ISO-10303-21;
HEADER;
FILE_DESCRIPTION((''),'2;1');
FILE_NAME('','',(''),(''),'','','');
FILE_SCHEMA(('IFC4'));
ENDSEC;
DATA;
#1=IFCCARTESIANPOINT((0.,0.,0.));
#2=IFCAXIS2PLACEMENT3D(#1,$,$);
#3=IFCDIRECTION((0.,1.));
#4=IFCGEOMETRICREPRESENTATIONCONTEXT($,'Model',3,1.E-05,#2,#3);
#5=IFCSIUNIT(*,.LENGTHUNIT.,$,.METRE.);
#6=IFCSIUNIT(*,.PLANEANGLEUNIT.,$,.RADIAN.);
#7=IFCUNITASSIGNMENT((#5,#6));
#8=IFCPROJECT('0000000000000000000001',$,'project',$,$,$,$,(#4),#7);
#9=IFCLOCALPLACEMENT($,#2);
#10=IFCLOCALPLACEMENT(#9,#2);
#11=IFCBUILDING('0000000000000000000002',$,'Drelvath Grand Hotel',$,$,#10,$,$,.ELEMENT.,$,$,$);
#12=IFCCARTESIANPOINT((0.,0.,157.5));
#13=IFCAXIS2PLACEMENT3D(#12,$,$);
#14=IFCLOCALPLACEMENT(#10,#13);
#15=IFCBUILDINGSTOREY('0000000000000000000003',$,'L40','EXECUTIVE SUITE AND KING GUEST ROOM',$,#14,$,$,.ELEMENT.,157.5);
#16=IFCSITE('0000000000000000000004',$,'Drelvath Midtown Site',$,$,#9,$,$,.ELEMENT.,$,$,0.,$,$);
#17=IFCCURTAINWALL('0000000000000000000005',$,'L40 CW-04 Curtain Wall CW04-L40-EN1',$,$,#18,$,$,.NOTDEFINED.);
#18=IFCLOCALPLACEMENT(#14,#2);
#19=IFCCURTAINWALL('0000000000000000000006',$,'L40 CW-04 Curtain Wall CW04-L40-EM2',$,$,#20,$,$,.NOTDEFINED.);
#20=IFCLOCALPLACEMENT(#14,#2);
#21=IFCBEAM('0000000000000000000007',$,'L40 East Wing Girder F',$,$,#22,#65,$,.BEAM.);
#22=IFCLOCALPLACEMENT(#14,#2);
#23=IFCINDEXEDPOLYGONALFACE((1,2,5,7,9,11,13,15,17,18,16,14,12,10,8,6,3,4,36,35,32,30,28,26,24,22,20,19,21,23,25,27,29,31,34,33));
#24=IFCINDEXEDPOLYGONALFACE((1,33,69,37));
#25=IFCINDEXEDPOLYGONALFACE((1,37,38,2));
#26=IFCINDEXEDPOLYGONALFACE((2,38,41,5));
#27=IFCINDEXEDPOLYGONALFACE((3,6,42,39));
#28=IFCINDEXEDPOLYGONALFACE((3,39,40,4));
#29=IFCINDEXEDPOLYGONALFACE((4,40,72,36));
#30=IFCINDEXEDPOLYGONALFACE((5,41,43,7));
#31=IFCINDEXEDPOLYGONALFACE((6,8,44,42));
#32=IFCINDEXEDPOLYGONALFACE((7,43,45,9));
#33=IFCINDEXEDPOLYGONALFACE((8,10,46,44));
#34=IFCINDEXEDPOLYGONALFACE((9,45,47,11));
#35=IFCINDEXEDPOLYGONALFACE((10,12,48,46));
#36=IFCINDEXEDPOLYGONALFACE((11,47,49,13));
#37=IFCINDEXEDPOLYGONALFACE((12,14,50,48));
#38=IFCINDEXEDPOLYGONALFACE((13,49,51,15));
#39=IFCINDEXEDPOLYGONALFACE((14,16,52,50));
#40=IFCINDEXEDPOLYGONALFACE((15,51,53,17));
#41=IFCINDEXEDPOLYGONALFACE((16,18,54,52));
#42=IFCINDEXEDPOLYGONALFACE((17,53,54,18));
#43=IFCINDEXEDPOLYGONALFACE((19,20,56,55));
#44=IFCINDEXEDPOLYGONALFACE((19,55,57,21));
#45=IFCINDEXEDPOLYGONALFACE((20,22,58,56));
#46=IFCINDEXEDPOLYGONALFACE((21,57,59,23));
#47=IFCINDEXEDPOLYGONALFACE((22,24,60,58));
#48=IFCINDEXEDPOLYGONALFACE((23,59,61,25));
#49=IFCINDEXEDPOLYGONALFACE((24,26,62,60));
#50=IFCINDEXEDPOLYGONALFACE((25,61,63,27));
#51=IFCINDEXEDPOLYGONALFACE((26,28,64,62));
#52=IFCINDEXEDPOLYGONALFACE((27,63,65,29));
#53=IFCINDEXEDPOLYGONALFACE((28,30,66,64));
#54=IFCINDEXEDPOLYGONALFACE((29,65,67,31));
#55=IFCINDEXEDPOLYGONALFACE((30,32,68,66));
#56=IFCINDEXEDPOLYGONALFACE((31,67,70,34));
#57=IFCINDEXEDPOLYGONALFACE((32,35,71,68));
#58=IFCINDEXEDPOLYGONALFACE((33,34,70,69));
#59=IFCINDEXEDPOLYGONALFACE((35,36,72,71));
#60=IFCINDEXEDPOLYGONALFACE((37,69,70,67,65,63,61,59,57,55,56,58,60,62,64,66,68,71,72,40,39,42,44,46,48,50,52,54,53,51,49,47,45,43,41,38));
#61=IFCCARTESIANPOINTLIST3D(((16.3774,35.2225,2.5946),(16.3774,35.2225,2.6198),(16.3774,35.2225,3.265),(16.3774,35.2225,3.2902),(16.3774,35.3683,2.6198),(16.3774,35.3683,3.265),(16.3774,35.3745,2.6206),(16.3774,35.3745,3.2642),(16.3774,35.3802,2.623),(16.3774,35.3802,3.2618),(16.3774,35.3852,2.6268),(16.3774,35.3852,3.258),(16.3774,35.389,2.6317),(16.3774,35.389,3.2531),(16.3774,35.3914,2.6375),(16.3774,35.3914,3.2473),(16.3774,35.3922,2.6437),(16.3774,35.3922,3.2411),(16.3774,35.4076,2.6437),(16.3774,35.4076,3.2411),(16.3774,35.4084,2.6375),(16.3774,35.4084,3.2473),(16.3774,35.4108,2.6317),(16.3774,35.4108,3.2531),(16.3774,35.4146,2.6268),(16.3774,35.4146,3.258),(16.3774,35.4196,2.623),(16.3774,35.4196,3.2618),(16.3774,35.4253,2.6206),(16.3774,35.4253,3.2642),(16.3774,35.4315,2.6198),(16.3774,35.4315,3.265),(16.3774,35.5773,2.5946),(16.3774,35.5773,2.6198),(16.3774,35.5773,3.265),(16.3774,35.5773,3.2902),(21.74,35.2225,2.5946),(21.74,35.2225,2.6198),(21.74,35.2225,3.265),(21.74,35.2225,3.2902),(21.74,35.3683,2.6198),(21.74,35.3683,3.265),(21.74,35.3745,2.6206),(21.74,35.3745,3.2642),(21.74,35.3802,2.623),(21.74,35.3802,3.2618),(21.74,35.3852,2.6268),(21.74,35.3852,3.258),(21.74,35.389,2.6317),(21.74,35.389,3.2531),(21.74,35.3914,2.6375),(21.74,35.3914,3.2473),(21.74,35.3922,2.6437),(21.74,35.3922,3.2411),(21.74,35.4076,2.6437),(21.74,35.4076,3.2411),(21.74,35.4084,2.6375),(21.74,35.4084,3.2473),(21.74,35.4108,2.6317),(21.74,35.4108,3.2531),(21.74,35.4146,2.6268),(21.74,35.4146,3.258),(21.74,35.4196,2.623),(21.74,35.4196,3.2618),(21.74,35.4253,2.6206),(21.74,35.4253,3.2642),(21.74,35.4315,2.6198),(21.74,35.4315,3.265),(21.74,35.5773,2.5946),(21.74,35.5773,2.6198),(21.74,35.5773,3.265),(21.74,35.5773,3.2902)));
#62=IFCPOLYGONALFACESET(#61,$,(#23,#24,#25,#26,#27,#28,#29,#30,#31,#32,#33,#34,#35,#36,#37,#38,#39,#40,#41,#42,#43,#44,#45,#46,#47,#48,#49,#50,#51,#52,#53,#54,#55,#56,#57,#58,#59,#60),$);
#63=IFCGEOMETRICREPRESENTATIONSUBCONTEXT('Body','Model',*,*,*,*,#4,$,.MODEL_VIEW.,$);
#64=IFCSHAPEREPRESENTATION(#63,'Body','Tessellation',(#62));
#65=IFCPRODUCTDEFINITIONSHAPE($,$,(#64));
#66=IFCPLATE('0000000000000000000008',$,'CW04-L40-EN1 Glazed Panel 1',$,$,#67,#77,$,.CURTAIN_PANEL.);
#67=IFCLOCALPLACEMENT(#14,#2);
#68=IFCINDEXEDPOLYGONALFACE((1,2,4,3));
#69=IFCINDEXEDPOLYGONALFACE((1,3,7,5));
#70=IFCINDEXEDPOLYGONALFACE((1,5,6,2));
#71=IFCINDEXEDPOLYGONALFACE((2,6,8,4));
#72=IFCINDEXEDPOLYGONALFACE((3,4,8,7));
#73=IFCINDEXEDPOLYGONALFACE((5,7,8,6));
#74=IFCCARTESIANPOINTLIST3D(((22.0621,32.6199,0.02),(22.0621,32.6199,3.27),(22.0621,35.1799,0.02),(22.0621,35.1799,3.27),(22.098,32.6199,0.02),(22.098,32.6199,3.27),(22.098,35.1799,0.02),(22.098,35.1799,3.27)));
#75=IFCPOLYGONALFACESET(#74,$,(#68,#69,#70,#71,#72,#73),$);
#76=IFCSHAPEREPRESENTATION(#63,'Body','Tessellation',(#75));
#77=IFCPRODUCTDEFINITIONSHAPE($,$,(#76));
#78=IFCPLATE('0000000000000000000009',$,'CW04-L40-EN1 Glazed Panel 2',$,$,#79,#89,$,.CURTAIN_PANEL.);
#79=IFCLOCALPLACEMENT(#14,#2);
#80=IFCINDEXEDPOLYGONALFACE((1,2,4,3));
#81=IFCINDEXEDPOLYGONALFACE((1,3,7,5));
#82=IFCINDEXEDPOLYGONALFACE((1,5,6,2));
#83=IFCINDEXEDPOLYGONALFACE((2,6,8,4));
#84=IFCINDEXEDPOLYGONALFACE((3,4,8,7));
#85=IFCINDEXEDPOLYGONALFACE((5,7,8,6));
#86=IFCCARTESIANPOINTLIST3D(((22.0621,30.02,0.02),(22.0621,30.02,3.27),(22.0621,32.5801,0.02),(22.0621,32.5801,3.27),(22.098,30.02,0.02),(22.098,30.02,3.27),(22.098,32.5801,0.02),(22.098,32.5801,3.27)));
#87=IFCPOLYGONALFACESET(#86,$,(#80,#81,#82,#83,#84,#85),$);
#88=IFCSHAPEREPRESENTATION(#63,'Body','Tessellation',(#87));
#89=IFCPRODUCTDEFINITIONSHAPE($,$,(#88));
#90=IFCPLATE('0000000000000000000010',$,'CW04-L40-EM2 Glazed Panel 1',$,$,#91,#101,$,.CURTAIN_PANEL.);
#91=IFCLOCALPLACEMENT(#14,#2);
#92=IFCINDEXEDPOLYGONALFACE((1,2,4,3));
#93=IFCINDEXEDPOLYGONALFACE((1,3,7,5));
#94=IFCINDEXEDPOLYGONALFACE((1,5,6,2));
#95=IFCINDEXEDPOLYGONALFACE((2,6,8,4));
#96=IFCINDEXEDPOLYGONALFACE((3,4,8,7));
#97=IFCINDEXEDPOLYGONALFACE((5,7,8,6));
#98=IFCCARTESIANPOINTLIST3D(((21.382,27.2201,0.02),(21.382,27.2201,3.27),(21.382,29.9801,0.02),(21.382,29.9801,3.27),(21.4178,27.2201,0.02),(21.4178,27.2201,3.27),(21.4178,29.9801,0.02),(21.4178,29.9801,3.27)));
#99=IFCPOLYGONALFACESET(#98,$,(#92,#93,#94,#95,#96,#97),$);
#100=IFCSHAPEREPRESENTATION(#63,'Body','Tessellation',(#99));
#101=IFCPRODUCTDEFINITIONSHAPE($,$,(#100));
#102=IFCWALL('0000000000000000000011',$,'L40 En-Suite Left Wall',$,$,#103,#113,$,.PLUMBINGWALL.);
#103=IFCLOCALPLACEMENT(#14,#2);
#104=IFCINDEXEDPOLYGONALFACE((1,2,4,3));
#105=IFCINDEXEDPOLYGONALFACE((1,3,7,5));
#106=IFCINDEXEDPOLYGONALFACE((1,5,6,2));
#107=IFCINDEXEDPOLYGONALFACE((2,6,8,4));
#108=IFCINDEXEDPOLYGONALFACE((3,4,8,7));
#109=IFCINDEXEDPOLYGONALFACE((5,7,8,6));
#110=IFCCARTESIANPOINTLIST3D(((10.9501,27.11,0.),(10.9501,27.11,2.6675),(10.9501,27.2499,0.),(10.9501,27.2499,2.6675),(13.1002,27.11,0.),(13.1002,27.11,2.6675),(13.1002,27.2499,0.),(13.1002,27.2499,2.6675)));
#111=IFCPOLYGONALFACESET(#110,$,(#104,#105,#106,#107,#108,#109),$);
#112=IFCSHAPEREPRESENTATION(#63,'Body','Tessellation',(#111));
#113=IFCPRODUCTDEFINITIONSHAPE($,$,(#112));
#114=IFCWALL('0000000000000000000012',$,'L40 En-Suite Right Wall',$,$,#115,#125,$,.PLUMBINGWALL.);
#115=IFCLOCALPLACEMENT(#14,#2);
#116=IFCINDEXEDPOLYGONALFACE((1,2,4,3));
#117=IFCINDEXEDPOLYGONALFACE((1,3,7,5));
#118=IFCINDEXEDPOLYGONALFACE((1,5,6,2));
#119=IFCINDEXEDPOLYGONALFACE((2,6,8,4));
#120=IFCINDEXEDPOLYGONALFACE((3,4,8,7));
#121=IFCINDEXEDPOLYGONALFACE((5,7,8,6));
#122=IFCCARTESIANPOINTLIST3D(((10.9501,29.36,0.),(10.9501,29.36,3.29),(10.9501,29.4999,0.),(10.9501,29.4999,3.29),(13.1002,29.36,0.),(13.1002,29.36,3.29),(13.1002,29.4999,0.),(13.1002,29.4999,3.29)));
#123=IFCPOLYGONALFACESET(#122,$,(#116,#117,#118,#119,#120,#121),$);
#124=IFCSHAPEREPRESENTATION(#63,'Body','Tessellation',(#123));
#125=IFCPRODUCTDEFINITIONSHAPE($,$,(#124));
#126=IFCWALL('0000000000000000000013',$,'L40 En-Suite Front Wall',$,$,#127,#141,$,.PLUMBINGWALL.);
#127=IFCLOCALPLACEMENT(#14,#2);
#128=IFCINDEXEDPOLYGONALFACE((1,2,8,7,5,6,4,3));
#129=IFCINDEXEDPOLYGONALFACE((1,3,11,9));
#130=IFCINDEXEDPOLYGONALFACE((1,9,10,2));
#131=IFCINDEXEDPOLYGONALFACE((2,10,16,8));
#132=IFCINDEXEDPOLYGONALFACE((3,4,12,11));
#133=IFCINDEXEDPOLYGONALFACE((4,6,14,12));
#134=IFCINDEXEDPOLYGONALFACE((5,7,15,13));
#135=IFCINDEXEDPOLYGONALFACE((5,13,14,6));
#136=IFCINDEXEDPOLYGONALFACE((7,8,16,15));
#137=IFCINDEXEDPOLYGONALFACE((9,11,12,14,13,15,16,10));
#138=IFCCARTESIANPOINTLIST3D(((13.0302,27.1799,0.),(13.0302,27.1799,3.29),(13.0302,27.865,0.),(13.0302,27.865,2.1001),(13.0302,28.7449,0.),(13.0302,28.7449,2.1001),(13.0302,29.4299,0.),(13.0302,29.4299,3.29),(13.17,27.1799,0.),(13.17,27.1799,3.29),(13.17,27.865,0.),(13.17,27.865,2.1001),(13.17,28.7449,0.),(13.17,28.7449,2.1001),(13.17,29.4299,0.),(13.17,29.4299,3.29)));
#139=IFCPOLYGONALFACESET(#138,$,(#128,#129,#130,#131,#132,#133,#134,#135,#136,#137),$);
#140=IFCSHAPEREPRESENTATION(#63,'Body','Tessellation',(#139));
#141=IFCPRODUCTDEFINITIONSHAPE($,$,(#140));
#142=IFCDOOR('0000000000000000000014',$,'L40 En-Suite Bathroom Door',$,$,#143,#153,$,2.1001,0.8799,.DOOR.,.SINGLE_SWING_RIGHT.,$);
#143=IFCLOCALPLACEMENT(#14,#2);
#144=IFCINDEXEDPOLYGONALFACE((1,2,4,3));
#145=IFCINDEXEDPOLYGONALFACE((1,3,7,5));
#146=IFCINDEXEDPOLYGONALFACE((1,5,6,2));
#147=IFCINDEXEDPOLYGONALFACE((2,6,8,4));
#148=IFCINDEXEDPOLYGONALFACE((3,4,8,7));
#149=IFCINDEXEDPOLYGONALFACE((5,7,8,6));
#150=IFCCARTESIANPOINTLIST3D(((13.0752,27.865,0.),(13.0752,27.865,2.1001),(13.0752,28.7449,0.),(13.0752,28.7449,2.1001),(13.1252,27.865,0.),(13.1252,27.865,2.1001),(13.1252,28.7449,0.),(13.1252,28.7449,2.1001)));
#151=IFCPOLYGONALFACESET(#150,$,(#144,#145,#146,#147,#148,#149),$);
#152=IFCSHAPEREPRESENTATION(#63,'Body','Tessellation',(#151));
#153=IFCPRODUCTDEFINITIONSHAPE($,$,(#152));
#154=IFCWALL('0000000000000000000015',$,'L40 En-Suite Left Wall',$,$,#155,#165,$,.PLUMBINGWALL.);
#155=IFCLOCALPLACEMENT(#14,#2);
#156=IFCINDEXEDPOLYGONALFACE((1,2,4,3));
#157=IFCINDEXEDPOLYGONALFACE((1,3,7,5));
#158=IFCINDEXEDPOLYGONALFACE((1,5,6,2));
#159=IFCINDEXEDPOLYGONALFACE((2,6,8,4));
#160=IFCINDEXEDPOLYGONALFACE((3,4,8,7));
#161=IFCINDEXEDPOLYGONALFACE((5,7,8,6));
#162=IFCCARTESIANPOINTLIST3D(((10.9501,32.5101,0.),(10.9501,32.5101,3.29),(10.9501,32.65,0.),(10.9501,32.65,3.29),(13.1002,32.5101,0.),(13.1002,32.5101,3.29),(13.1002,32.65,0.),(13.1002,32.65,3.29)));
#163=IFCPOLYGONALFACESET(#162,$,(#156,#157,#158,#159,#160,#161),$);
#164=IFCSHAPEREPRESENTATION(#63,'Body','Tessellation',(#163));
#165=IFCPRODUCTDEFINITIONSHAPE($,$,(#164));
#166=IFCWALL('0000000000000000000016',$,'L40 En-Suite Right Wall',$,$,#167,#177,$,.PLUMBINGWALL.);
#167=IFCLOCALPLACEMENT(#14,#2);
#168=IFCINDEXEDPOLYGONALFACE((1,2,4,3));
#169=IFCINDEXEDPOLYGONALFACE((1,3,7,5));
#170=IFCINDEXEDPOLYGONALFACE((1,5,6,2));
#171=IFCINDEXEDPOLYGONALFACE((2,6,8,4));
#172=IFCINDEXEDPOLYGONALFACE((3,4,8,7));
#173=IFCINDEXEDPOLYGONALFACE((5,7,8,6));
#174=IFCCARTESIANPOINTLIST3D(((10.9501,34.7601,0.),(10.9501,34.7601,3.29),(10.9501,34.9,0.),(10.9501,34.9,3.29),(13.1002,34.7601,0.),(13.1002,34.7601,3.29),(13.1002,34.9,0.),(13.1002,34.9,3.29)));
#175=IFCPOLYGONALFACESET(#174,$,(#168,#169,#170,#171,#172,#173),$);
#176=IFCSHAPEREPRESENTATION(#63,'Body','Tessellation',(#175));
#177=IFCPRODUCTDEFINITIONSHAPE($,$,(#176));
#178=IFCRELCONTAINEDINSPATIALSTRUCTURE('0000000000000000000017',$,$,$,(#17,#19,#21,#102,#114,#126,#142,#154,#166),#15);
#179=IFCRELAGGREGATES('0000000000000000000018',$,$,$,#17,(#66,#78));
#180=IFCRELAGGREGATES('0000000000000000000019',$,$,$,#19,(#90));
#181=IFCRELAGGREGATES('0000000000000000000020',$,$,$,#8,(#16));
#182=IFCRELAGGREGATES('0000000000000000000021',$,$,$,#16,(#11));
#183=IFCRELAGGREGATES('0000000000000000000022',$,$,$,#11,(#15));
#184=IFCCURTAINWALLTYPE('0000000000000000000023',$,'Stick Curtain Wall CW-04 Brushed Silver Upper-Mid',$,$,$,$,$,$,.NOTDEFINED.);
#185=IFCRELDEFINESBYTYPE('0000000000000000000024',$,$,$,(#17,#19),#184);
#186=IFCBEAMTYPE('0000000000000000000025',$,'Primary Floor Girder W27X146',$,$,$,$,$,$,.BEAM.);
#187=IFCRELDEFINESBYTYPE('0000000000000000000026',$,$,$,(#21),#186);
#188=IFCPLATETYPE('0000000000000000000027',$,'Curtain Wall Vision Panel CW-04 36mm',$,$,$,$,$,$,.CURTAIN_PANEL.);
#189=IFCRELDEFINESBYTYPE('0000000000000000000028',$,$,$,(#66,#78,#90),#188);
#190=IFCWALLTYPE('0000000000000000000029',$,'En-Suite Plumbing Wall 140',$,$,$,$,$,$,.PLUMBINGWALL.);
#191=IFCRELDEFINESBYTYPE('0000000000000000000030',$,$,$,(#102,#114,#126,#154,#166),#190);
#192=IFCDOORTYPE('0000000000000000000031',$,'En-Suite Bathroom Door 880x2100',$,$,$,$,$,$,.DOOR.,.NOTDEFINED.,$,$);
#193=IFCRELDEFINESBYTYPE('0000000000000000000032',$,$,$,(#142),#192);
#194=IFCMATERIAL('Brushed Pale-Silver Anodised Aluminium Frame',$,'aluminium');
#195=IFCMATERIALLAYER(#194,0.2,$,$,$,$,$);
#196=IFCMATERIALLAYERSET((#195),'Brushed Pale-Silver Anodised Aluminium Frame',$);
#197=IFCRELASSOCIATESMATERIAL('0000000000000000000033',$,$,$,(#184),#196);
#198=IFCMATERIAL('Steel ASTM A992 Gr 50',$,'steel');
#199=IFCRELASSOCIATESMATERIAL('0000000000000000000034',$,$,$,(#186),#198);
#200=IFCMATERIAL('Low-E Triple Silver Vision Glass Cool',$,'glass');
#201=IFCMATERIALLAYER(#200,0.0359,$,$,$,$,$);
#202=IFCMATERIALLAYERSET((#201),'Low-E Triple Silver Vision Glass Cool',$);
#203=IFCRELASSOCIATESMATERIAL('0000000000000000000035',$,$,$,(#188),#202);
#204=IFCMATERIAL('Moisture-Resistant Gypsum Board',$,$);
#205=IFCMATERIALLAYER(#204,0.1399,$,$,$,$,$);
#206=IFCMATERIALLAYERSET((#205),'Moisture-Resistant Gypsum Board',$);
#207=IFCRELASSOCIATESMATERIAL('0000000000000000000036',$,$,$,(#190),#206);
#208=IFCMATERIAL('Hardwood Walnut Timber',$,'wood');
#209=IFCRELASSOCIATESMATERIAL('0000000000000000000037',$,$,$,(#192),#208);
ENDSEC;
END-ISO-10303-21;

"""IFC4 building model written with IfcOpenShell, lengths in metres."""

from ifc_helpers import new_model, si_unit, direction, frame, frame_2d, origin, origin_2d, place, context, subcontext, project, spatial, rectangle, i_section, extrude, material, layer, layer_set, material_profile, profile_set, type_object, element, fill, aggregate, save


model = new_model("IFC4")

# Units and contexts
model_context = context("Model", 3, precision=1e-05, world=origin(), true_north=direction((0.0, 1.0)))
body_context = subcontext(model_context, "Body", "Model", "MODEL_VIEW")
ifc_project = project(units=[si_unit("LENGTHUNIT", "METRE"), si_unit("PLANEANGLEUNIT", "RADIAN")], contexts=[model_context])

# Site, building, storey
site_placement = place(None, origin())
site = spatial("IfcSite", under=ifc_project, at=site_placement, Name="Drelvath Midtown Site", CompositionType="ELEMENT", RefElevation=0.0)
building_placement = place(site_placement, origin())
building = spatial("IfcBuilding", under=site, at=building_placement, Name="Drelvath Grand Hotel", CompositionType="ELEMENT")
storey_placement = place(building_placement, frame((0.0, 0.0, 157.5)))
storey = spatial("IfcBuildingStorey", under=building, at=storey_placement, Name="L40", Description="EXECUTIVE SUITE AND KING GUEST ROOM", CompositionType="ELEMENT", Elevation=157.5)

# Curtain walls
ifc_material_1 = material(Name="Brushed Pale-Silver Anodised Aluminium Frame", Category="aluminium")
ifc_layer_1 = layer(ifc_material_1, 0.2)
ifc_layer_set_1 = layer_set([ifc_layer_1], Name="Brushed Pale-Silver Anodised Aluminium Frame")
curtain_wall_type = type_object("IfcCurtainWallType", Name="Stick Curtain Wall CW-04 Brushed Silver Upper-Mid", PredefinedType="NOTDEFINED", material=ifc_layer_set_1)
curtain_wall_1_placement = place(storey_placement, origin())
curtain_wall_1 = element("IfcCurtainWall", 1, at=curtain_wall_1_placement, inside=storey, type_object=curtain_wall_type, Name="L40 CW-04 Curtain Wall CW04-L40-EN1", PredefinedType="NOTDEFINED")
curtain_wall_2_placement = place(storey_placement, origin())
curtain_wall_2 = element("IfcCurtainWall", 2, at=curtain_wall_2_placement, inside=storey, type_object=curtain_wall_type, Name="L40 CW-04 Curtain Wall CW04-L40-EM2", PredefinedType="NOTDEFINED")

# Beam
ifc_material_2 = material(Name="Steel ASTM A992 Gr 50", Category="steel")
ifc_material_profile_1 = material_profile(ifc_material_2, i_section(OverallWidth=0.3547, OverallDepth=0.6956, WebThickness=0.0154, FlangeThickness=0.0251, FilletRadius=0.0239, at=origin_2d()), Name="W27X146")
ifc_profile_set_1 = profile_set([ifc_material_profile_1], Name="Steel ASTM A992 Gr 50")
beam_type_1 = type_object("IfcBeamType", Name="Primary Floor Girder W27X146", PredefinedType="BEAM", material=ifc_profile_set_1)
beam_1_placement = place(storey_placement, frame((16.3774, 35.3999, 2.9424), z_axis=(1.0, 0.0, 0.0), x_axis=(0.0, 1.0, 0.0)))
element("IfcBeam", 3, at=beam_1_placement, inside=storey, type_object=beam_type_1, Name="L40 East Wing Girder F", PredefinedType="BEAM", context=body_context, shape_type="SweptSolid", body=[
    extrude(i_section(OverallWidth=0.3547, OverallDepth=0.6956, WebThickness=0.0154, FlangeThickness=0.0251, FilletRadius=0.0239, at=origin_2d()), origin(), (0.0, 0.0, 1.0), 5.3625),
])

# Plates
ifc_material_3 = material(Name="Low-E Triple Silver Vision Glass Cool", Category="glass")
ifc_layer_2 = layer(ifc_material_3, 0.0359)
ifc_layer_set_2 = layer_set([ifc_layer_2], Name="Low-E Triple Silver Vision Glass Cool")
plate_type = type_object("IfcPlateType", Name="Curtain Wall Vision Panel CW-04 36mm", PredefinedType="CURTAIN_PANEL", material=ifc_layer_set_2)
plate_1_placement = place(storey_placement, frame((22.0801, 33.8999, 0.02), z_axis=(0.0, 0.0, 1.0), x_axis=(0.0, -1.0, 0.0)))
plate_1 = element("IfcPlate", 4, at=plate_1_placement, type_object=plate_type, Name="CW04-L40-EN1 Glazed Panel 1", PredefinedType="CURTAIN_PANEL", context=body_context, shape_type="SweptSolid", body=[
    extrude(rectangle(XDim=2.5601, YDim=0.0359, at=origin_2d()), origin(), (0.0, 0.0, 1.0), 3.25),
])
plate_2_placement = place(storey_placement, frame((22.0801, 31.3, 0.02), z_axis=(0.0, 0.0, 1.0), x_axis=(0.0, -1.0, 0.0)))
plate_2 = element("IfcPlate", 5, at=plate_2_placement, type_object=plate_type, Name="CW04-L40-EN1 Glazed Panel 2", PredefinedType="CURTAIN_PANEL", context=body_context, shape_type="SweptSolid", body=[
    extrude(rectangle(XDim=2.5601, YDim=0.0359, at=origin_2d()), origin(), (0.0, 0.0, 1.0), 3.25),
])
aggregate(curtain_wall_1, [plate_1, plate_2])
plate_3_placement = place(storey_placement, frame((21.3999, 28.6001, 0.02), z_axis=(0.0, 0.0, 1.0), x_axis=(0.0, -1.0, 0.0)))
plate_3 = element("IfcPlate", 6, at=plate_3_placement, type_object=plate_type, Name="CW04-L40-EM2 Glazed Panel 1", PredefinedType="CURTAIN_PANEL", context=body_context, shape_type="SweptSolid", body=[
    extrude(rectangle(XDim=2.76, YDim=0.0359, at=origin_2d()), origin(), (0.0, 0.0, 1.0), 3.25),
])
aggregate(curtain_wall_2, [plate_3])

# Walls
ifc_material_4 = material(Name="Moisture-Resistant Gypsum Board")
ifc_layer_3 = layer(ifc_material_4, 0.1399)
ifc_layer_set_3 = layer_set([ifc_layer_3], Name="Moisture-Resistant Gypsum Board")
wall_type_1 = type_object("IfcWallType", Name="En-Suite Plumbing Wall 140", PredefinedType="PLUMBINGWALL", material=ifc_layer_set_3)
wall_1_placement = place(storey_placement, frame((10.95, 27.1799, 0.0), z_axis=(0.0, 0.0, 1.0), x_axis=(1.0, 0.0, 0.0)))
element("IfcWall", 7, at=wall_1_placement, inside=storey, type_object=wall_type_1, Name="L40 En-Suite Left Wall", PredefinedType="PLUMBINGWALL", context=body_context, shape_type="SweptSolid", body=[
    extrude(rectangle(XDim=2.1501, YDim=0.1399, at=frame_2d((1.0752, 0.0))), origin(), (0.0, 0.0, 1.0), 2.6675),
])
wall_2_placement = place(storey_placement, frame((10.95, 29.4299, 0.0), z_axis=(0.0, 0.0, 1.0), x_axis=(1.0, 0.0, 0.0)))
element("IfcWall", 8, at=wall_2_placement, inside=storey, type_object=wall_type_1, Name="L40 En-Suite Right Wall", PredefinedType="PLUMBINGWALL", context=body_context, shape_type="SweptSolid", body=[
    extrude(rectangle(XDim=2.1501, YDim=0.1399, at=frame_2d((1.0752, 0.0))), origin(), (0.0, 0.0, 1.0), 3.29),
])

# Wall, opening, door
wall_3_placement = place(storey_placement, frame((13.1001, 27.1799, 0.0), z_axis=(0.0, 0.0, 1.0), x_axis=(0.0, 1.0, 0.0)))
wall_3 = element("IfcWall", 9, at=wall_3_placement, inside=storey, type_object=wall_type_1, Name="L40 En-Suite Front Wall", PredefinedType="PLUMBINGWALL", context=body_context, shape_type="SweptSolid", body=[
    extrude(rectangle(XDim=2.25, YDim=0.1399, at=frame_2d((1.125, 0.0))), origin(), (0.0, 0.0, 1.0), 3.29),
])
opening_1_placement = place(wall_3_placement, frame((0.6851, 0.0, 0.0)))
opening_1 = element("IfcOpeningElement", 10, at=opening_1_placement, cuts=wall_3, PredefinedType="OPENING", context=body_context, shape_type="SweptSolid", body=[
    extrude(rectangle(XDim=0.8799, YDim=2.1001, at=frame_2d((0.4399, 1.05))), frame((0.0, 0.0798, 0.0), z_axis=(0.0, -1.0, 0.0), x_axis=(1.0, 0.0, 0.0)), (0.0, 0.0, 1.0), 0.1599),
])
ifc_material_5 = material(Name="Hardwood Walnut Timber", Category="wood")
door_type = type_object("IfcDoorType", Name="En-Suite Bathroom Door 880x2100", OperationType="NOTDEFINED", PredefinedType="DOOR", material=ifc_material_5)
door_1_placement = place(opening_1_placement, origin())
door_1 = element("IfcDoor", 11, at=door_1_placement, inside=storey, type_object=door_type, Name="L40 En-Suite Bathroom Door", OperationType="SINGLE_SWING_RIGHT", OverallHeight=2.1001, OverallWidth=0.8799, PredefinedType="DOOR", context=body_context, shape_type="SweptSolid", body=[
    extrude(rectangle(XDim=0.8799, YDim=2.1001, at=frame_2d((0.4399, 1.05))), frame((0.0, 0.0249, 0.0), z_axis=(0.0, -1.0, 0.0), x_axis=(1.0, 0.0, 0.0)), (0.0, 0.0, 1.0), 0.05),
])
fill(opening_1, door_1)

# Walls
for number, where, z_axis, x_axis, name in (
    (12, (10.95, 32.5801, 0.0), (0.0, 0.0, 1.0), (1.0, 0.0, 0.0), "L40 En-Suite Left Wall"),
    (13, (10.95, 34.8301, 0.0), (0.0, 0.0, 1.0), (1.0, 0.0, 0.0), "L40 En-Suite Right Wall"),
):
    element("IfcWall", number, at=place(storey_placement, frame(where, z_axis=z_axis, x_axis=x_axis)), inside=storey, type_object=wall_type_1, Name=name, PredefinedType="PLUMBINGWALL", context=body_context, shape_type="SweptSolid", body=[
        extrude(rectangle(XDim=2.1501, YDim=0.1399, at=frame_2d((1.0752, 0.0))), origin(), (0.0, 0.0, 1.0), 3.29),
    ])

save(model, "model.ifc")
